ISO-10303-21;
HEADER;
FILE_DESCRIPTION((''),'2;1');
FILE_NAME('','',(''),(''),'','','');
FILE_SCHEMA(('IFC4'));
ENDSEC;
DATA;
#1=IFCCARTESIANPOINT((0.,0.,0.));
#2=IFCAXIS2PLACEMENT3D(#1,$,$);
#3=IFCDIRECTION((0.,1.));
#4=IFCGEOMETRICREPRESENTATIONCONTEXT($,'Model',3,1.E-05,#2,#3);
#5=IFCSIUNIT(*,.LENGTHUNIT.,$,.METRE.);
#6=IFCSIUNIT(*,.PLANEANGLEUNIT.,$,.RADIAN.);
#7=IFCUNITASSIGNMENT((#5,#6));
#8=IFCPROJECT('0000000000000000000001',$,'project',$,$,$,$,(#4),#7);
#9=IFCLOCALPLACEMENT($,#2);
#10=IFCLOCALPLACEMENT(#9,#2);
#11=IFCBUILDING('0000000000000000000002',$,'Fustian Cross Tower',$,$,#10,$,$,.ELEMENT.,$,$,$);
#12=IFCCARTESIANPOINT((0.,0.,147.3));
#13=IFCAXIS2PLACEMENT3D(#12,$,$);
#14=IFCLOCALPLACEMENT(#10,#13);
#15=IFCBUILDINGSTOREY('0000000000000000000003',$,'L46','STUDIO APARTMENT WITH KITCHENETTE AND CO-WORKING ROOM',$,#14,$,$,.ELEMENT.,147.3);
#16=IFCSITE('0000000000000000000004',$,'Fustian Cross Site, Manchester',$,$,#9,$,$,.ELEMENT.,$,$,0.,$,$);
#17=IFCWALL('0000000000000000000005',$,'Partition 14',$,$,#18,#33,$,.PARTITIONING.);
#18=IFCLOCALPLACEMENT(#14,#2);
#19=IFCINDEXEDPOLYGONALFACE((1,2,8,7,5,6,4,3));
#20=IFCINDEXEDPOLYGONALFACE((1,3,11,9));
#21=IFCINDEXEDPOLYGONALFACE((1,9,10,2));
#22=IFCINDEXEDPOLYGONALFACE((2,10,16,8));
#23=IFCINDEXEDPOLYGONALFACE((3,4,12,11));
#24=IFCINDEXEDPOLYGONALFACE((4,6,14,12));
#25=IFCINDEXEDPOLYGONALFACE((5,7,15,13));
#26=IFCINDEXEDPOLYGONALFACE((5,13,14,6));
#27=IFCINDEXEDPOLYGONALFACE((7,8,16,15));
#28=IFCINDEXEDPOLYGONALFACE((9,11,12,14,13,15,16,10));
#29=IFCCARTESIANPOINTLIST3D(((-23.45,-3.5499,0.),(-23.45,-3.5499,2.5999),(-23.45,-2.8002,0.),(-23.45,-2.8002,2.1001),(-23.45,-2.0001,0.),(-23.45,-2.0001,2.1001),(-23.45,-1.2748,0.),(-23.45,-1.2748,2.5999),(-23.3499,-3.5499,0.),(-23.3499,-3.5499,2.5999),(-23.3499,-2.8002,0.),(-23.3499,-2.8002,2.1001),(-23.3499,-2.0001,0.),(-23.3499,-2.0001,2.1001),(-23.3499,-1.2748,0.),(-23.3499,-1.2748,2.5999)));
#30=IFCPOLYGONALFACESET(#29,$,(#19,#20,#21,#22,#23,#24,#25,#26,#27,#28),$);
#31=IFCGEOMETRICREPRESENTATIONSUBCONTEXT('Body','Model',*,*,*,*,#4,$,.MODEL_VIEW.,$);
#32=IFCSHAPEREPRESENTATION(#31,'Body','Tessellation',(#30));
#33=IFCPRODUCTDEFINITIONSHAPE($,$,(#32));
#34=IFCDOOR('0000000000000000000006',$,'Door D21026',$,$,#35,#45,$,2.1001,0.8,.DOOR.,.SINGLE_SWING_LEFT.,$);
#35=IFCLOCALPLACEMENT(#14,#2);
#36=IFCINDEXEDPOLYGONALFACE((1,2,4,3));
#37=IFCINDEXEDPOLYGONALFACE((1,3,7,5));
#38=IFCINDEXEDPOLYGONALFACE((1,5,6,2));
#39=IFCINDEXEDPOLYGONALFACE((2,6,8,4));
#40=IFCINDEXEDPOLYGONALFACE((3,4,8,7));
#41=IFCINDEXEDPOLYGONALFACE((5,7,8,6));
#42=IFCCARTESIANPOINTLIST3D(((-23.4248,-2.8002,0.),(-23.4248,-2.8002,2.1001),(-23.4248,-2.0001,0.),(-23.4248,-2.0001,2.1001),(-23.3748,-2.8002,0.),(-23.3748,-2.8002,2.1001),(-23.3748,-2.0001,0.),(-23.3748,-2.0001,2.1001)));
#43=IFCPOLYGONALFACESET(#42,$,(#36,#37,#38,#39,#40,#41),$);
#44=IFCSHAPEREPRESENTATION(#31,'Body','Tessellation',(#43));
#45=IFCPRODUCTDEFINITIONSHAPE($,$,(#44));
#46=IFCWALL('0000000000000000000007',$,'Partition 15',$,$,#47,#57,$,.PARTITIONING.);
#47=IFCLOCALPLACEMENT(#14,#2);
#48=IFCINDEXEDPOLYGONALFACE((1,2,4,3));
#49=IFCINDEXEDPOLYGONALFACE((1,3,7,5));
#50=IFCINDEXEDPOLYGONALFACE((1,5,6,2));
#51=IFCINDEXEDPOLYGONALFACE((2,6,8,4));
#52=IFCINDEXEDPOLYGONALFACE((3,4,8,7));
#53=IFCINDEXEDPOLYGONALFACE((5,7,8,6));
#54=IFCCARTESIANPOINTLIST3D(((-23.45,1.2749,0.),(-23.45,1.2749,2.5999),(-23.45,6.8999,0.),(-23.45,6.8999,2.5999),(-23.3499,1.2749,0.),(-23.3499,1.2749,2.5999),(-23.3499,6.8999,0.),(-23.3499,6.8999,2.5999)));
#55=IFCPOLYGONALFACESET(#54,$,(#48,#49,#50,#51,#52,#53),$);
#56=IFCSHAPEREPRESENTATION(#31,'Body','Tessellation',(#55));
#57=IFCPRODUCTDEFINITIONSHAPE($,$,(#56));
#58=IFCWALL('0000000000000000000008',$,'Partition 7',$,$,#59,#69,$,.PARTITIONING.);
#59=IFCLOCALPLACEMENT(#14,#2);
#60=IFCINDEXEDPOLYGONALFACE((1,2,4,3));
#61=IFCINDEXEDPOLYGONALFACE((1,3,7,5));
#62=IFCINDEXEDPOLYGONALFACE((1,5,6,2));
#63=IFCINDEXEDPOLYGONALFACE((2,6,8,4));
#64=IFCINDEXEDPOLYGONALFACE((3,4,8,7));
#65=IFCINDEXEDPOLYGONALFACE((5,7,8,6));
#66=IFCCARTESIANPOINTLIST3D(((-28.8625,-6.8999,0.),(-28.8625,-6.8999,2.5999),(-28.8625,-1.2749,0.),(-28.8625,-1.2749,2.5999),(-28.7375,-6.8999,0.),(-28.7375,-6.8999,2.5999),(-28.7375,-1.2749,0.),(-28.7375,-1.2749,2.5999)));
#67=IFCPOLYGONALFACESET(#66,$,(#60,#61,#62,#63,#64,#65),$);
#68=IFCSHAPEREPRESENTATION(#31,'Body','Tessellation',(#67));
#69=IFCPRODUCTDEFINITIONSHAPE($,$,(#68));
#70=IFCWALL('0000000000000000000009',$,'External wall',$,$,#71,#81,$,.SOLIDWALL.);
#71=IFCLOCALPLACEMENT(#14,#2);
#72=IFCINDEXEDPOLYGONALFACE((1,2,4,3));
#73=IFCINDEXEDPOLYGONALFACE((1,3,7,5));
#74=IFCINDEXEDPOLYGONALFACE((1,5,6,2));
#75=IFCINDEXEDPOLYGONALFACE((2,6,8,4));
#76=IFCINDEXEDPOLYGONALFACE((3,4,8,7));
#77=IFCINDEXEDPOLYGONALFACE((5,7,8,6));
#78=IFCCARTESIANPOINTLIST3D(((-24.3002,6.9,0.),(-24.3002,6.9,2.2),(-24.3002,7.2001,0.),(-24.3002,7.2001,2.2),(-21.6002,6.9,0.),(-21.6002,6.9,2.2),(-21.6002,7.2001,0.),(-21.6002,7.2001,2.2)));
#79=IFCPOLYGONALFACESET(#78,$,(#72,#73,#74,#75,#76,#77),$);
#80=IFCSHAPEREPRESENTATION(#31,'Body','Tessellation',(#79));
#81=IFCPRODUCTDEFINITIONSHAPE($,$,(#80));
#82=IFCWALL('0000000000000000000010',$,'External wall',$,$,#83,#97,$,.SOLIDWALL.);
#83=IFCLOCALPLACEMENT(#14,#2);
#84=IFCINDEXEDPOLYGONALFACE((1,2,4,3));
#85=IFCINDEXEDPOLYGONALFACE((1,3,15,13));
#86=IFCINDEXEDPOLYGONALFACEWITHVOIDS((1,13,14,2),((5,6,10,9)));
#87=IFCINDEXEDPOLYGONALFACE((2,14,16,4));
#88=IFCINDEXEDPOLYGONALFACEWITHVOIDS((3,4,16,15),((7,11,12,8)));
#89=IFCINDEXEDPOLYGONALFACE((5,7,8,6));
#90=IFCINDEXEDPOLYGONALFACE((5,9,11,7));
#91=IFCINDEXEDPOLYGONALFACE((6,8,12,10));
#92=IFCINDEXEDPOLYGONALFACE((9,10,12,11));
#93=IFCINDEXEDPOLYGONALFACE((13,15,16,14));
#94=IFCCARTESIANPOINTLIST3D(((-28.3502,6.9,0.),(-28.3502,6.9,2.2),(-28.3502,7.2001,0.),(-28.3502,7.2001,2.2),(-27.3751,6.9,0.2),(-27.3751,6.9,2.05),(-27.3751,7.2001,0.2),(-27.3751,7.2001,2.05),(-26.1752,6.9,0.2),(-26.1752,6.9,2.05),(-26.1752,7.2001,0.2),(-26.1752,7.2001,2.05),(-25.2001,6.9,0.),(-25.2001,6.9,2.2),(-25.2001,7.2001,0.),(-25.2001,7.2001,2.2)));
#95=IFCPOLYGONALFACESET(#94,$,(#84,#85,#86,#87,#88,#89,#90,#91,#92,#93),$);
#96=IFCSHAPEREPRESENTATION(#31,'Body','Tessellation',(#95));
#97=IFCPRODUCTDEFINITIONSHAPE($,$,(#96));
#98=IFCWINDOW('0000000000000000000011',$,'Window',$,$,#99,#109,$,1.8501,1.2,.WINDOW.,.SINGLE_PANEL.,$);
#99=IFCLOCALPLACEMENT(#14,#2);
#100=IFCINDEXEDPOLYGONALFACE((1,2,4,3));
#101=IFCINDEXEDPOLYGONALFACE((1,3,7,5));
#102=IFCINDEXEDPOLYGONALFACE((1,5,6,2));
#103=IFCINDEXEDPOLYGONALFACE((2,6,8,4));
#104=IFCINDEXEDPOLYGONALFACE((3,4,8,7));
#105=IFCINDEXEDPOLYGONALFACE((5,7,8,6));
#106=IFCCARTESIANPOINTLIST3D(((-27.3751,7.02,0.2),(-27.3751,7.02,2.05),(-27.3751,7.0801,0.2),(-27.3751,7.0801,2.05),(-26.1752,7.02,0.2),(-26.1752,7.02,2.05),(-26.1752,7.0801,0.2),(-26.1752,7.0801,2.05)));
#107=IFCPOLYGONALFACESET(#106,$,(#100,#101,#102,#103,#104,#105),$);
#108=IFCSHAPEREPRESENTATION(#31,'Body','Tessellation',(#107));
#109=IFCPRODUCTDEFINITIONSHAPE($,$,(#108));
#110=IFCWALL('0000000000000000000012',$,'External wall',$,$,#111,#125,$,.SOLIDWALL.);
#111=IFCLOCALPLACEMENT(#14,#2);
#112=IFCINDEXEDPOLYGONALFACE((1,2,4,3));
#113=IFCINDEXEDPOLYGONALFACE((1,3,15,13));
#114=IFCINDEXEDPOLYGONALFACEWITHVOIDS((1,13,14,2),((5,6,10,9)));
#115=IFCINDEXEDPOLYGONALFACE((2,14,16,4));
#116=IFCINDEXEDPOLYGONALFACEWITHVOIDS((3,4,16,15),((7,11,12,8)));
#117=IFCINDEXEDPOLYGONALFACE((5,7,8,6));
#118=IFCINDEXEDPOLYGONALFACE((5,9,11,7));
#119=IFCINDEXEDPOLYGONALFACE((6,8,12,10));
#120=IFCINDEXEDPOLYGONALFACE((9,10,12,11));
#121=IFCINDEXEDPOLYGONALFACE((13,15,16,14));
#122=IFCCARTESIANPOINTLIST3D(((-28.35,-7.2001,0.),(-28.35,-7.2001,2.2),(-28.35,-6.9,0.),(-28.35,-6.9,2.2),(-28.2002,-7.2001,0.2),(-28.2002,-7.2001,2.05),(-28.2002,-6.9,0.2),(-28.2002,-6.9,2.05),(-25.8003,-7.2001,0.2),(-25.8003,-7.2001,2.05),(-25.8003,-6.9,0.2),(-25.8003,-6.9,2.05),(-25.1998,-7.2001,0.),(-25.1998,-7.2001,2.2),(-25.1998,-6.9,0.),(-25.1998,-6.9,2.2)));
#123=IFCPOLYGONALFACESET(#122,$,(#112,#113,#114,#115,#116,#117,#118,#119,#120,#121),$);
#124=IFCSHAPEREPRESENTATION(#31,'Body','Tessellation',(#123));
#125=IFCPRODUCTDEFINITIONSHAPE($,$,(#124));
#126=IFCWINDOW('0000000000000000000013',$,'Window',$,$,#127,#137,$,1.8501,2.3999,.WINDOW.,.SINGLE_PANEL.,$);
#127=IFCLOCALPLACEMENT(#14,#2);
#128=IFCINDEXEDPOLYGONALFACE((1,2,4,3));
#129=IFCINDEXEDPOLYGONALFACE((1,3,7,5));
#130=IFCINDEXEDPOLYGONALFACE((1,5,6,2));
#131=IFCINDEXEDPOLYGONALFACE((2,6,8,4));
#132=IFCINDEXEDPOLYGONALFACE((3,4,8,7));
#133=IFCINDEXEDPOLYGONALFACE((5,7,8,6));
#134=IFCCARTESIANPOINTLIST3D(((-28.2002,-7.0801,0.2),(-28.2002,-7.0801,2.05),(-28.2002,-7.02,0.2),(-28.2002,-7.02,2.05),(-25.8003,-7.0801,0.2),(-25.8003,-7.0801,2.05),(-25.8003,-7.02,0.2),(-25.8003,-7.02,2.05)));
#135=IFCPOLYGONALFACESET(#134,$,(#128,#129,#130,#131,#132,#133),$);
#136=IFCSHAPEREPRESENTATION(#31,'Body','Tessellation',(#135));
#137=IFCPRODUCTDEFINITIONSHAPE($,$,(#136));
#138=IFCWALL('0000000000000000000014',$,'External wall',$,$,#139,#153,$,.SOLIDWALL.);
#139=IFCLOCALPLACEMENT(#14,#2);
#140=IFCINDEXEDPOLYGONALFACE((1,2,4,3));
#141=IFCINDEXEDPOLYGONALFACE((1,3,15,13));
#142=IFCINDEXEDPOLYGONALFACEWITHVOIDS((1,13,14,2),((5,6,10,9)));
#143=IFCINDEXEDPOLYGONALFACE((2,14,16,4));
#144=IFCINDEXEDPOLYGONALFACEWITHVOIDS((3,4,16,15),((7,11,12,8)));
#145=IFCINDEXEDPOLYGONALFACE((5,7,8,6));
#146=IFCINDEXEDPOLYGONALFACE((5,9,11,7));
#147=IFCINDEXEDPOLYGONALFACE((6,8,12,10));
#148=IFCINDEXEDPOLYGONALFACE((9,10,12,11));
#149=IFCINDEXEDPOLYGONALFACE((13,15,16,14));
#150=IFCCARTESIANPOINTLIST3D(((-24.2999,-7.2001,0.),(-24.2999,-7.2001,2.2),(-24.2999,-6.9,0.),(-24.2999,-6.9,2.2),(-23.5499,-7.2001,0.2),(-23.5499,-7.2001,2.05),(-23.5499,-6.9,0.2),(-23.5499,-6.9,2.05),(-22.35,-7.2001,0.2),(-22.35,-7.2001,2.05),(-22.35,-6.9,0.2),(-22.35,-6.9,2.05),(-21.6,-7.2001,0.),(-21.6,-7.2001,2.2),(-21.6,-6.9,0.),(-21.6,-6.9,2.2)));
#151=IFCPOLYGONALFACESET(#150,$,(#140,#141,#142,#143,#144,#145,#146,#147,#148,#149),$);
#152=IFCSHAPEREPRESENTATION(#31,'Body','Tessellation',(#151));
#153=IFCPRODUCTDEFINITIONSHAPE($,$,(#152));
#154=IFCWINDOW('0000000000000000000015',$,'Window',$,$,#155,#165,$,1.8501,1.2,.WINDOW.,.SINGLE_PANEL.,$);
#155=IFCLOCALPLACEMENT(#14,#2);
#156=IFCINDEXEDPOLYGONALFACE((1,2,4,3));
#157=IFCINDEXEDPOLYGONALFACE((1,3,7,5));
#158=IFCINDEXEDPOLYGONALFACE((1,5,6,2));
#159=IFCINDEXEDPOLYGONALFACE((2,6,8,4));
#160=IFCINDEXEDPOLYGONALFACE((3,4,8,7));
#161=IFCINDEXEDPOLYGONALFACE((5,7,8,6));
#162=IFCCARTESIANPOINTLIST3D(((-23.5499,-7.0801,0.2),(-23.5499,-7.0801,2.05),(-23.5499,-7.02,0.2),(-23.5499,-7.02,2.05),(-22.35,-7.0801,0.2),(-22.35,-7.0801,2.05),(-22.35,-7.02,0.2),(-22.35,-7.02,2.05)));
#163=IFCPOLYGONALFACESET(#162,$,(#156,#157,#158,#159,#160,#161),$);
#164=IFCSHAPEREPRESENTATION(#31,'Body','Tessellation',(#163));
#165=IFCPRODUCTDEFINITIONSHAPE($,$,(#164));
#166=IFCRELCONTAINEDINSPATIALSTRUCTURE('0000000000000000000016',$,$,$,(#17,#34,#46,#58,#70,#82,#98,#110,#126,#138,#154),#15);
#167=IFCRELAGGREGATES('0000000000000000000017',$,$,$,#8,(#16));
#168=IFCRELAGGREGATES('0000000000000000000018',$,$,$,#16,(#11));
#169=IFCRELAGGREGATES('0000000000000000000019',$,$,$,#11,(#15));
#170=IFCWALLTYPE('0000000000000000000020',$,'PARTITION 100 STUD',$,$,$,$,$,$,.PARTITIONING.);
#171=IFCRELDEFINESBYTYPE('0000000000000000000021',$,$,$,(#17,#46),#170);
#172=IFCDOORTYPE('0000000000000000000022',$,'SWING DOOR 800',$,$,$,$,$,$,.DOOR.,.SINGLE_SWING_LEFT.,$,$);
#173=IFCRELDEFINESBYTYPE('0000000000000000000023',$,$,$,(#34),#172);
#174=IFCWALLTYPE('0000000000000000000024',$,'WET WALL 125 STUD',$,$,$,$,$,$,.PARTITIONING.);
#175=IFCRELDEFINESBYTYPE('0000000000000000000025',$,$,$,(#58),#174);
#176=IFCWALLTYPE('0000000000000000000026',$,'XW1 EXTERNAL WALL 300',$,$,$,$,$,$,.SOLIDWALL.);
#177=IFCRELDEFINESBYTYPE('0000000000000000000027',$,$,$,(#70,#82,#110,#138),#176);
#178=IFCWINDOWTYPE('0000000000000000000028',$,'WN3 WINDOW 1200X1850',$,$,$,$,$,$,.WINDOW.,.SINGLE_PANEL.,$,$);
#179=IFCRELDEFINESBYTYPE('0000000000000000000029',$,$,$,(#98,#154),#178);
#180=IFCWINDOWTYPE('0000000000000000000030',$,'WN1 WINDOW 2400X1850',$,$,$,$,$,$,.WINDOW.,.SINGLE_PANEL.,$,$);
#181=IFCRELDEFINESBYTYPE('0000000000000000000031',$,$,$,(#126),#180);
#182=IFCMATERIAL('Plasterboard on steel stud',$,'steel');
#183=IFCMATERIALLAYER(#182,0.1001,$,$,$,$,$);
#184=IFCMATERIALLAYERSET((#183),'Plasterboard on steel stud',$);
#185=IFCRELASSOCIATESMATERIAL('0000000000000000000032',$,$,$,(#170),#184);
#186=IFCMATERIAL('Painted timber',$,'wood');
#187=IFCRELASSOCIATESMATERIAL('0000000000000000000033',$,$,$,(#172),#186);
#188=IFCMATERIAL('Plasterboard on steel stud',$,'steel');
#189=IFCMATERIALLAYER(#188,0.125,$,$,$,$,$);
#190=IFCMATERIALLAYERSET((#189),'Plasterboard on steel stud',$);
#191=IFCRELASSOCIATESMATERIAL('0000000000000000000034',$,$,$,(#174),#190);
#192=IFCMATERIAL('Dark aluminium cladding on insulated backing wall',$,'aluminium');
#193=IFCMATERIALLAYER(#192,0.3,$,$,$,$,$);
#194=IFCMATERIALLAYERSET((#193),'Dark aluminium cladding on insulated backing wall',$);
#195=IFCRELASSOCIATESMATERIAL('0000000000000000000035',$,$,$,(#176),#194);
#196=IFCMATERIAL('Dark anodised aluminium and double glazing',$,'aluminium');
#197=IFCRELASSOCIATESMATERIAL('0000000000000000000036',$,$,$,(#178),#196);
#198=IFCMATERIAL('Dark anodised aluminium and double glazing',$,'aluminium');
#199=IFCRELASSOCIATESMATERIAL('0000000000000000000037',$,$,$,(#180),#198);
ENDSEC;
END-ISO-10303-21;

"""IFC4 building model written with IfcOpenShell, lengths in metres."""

from ifc_helpers import new_model, si_unit, direction, frame, frame_2d, origin, place, context, subcontext, project, spatial, rectangle, extrude, material, layer, layer_set, type_object, element, fill, save


model = new_model("IFC4")

# Units and contexts
model_context = context("Model", 3, precision=1e-05, world=origin(), true_north=direction((0.0, 1.0)))
body_context = subcontext(model_context, "Body", "Model", "MODEL_VIEW")
ifc_project = project(units=[si_unit("LENGTHUNIT", "METRE"), si_unit("PLANEANGLEUNIT", "RADIAN")], contexts=[model_context])

# Site, building, storey
site_placement = place(None, origin())
site = spatial("IfcSite", under=ifc_project, at=site_placement, Name="Fustian Cross Site, Manchester", CompositionType="ELEMENT", RefElevation=0.0)
building_placement = place(site_placement, origin())
building = spatial("IfcBuilding", under=site, at=building_placement, Name="Fustian Cross Tower", CompositionType="ELEMENT")
storey_placement = place(building_placement, frame((0.0, 0.0, 147.3)))
storey = spatial("IfcBuildingStorey", under=building, at=storey_placement, Name="L46", Description="STUDIO APARTMENT WITH KITCHENETTE AND CO-WORKING ROOM", CompositionType="ELEMENT", Elevation=147.3)

# Shared definitions
ifc_material_1 = material(Name="Plasterboard on steel stud", Category="steel")
ifc_layer_1 = layer(ifc_material_1, 0.1001)
ifc_layer_set_1 = layer_set([ifc_layer_1], Name="Plasterboard on steel stud")
wall_type_1 = type_object("IfcWallType", Name="PARTITION 100 STUD", PredefinedType="PARTITIONING", material=ifc_layer_set_1)

# Shared definitions
ifc_material_2 = material(Name="Painted timber", Category="wood")
door_type = type_object("IfcDoorType", Name="SWING DOOR 800", OperationType="SINGLE_SWING_LEFT", PredefinedType="DOOR", material=ifc_material_2)

# Wall, opening, door
wall_1_placement = place(storey_placement, frame((-23.3999, -3.55, 0.0), z_axis=(0.0, 0.0, 1.0), x_axis=(0.0, 1.0, 0.0)))
wall_1 = element("IfcWall", 1, at=wall_1_placement, inside=storey, type_object=wall_type_1, Name="Partition 14", PredefinedType="PARTITIONING", context=body_context, shape_type="SweptSolid", body=[
    extrude(rectangle(XDim=2.2751, YDim=0.1001, at=frame_2d((1.1377, 0.0))), origin(), (0.0, 0.0, 1.0), 2.5999),
])
opening_1_placement = place(wall_1_placement, frame((0.75, 0.0, 0.0)))
opening_1 = element("IfcOpeningElement", 2, at=opening_1_placement, cuts=wall_1, PredefinedType="OPENING", context=body_context, shape_type="SweptSolid", body=[
    extrude(rectangle(XDim=0.8, YDim=2.1001, at=frame_2d((0.3999, 1.05))), frame((0.0, 0.0601, 0.0), z_axis=(0.0, -1.0, 0.0), x_axis=(1.0, 0.0, 0.0)), (0.0, 0.0, 1.0), 0.1201),
])
door_1_placement = place(opening_1_placement, origin())
door_1 = element("IfcDoor", 3, at=door_1_placement, inside=storey, type_object=door_type, Name="Door D21026", OperationType="SINGLE_SWING_LEFT", OverallHeight=2.1001, OverallWidth=0.8, PredefinedType="DOOR", context=body_context, shape_type="SweptSolid", body=[
    extrude(rectangle(XDim=0.8, YDim=2.1001, at=frame_2d((0.3999, 1.05))), frame((0.0, 0.0249, 0.0), z_axis=(0.0, -1.0, 0.0), x_axis=(1.0, 0.0, 0.0)), (0.0, 0.0, 1.0), 0.05),
])
fill(opening_1, door_1)

# Walls
wall_2_placement = place(storey_placement, frame((-23.3999, 1.2749, 0.0), z_axis=(0.0, 0.0, 1.0), x_axis=(0.0, 1.0, 0.0)))
element("IfcWall", 4, at=wall_2_placement, inside=storey, type_object=wall_type_1, Name="Partition 15", PredefinedType="PARTITIONING", context=body_context, shape_type="SweptSolid", body=[
    extrude(rectangle(XDim=5.625, YDim=0.1001, at=frame_2d((2.8125, 0.0))), origin(), (0.0, 0.0, 1.0), 2.5999),
])
ifc_material_3 = material(Name="Plasterboard on steel stud", Category="steel")
ifc_layer_2 = layer(ifc_material_3, 0.125)
ifc_layer_set_2 = layer_set([ifc_layer_2], Name="Plasterboard on steel stud")
wall_type_2 = type_object("IfcWallType", Name="WET WALL 125 STUD", PredefinedType="PARTITIONING", material=ifc_layer_set_2)
wall_3_placement = place(storey_placement, frame((-28.8, -6.8999, 0.0), z_axis=(0.0, 0.0, 1.0), x_axis=(0.0, 1.0, 0.0)))
element("IfcWall", 5, at=wall_3_placement, inside=storey, type_object=wall_type_2, Name="Partition 7", PredefinedType="PARTITIONING", context=body_context, shape_type="SweptSolid", body=[
    extrude(rectangle(XDim=5.625, YDim=0.125, at=frame_2d((2.8125, 0.0))), origin(), (0.0, 0.0, 1.0), 2.5999),
])
ifc_material_4 = material(Name="Dark aluminium cladding on insulated backing wall", Category="aluminium")
ifc_layer_3 = layer(ifc_material_4, 0.3)
ifc_layer_set_3 = layer_set([ifc_layer_3], Name="Dark aluminium cladding on insulated backing wall")
wall_type_3 = type_object("IfcWallType", Name="XW1 EXTERNAL WALL 300", PredefinedType="SOLIDWALL", material=ifc_layer_set_3)
wall_4_placement = place(storey_placement, frame((-21.6001, 7.05, 0.0), z_axis=(0.0, 0.0, 1.0), x_axis=(-1.0, 0.0, 0.0)))
element("IfcWall", 6, at=wall_4_placement, inside=storey, type_object=wall_type_3, Name="External wall", PredefinedType="SOLIDWALL", context=body_context, shape_type="SweptSolid", body=[
    extrude(rectangle(XDim=2.7, YDim=0.3, at=frame_2d((1.3501, 0.0))), origin(), (0.0, 0.0, 1.0), 2.2),
])

# Walls, openings, windows
wall_5_placement = place(storey_placement, frame((-25.2, 7.05, 0.0), z_axis=(0.0, 0.0, 1.0), x_axis=(-1.0, 0.0, 0.0)))
wall_5 = element("IfcWall", 7, at=wall_5_placement, inside=storey, type_object=wall_type_3, Name="External wall", PredefinedType="SOLIDWALL", context=body_context, shape_type="SweptSolid", body=[
    extrude(rectangle(XDim=3.1501, YDim=0.3, at=frame_2d((1.5752, 0.0))), origin(), (0.0, 0.0, 1.0), 2.2),
])
opening_2_placement = place(wall_5_placement, frame((0.9751, 0.0, 0.2)))
opening_2 = element("IfcOpeningElement", 8, at=opening_2_placement, cuts=wall_5, PredefinedType="OPENING", context=body_context, shape_type="SweptSolid", body=[
    extrude(rectangle(XDim=1.2, YDim=1.8501, at=frame_2d((0.6001, 0.925))), frame((0.0, 0.1599, 0.0), z_axis=(0.0, -1.0, 0.0), x_axis=(1.0, 0.0, 0.0)), (0.0, 0.0, 1.0), 0.3201),
])
ifc_material_5 = material(Name="Dark anodised aluminium and double glazing", Category="aluminium")
window_type_1 = type_object("IfcWindowType", Name="WN3 WINDOW 1200X1850", PartitioningType="SINGLE_PANEL", PredefinedType="WINDOW", material=ifc_material_5)
window_1_placement = place(opening_2_placement, origin())
window_1 = element("IfcWindow", 9, at=window_1_placement, inside=storey, type_object=window_type_1, Name="Window", OverallHeight=1.8501, OverallWidth=1.2, PartitioningType="SINGLE_PANEL", PredefinedType="WINDOW", context=body_context, shape_type="SweptSolid", body=[
    extrude(rectangle(XDim=1.2, YDim=1.8501, at=frame_2d((0.6001, 0.925))), frame((0.0, 0.03, 0.0), z_axis=(0.0, -1.0, 0.0), x_axis=(1.0, 0.0, 0.0)), (0.0, 0.0, 1.0), 0.0601),
])
fill(opening_2, window_1)
wall_6_placement = place(storey_placement, frame((-28.3501, -7.05, 0.0), z_axis=(0.0, 0.0, 1.0), x_axis=(1.0, 0.0, 0.0)))
wall_6 = element("IfcWall", 10, at=wall_6_placement, inside=storey, type_object=wall_type_3, Name="External wall", PredefinedType="SOLIDWALL", context=body_context, shape_type="SweptSolid", body=[
    extrude(rectangle(XDim=3.1501, YDim=0.3, at=frame_2d((1.5752, 0.0))), origin(), (0.0, 0.0, 1.0), 2.2),
])
opening_3_placement = place(wall_6_placement, frame((0.1499, 0.0, 0.2)))
opening_3 = element("IfcOpeningElement", 11, at=opening_3_placement, cuts=wall_6, PredefinedType="OPENING", context=body_context, shape_type="SweptSolid", body=[
    extrude(rectangle(XDim=2.3999, YDim=1.8501, at=frame_2d((1.2, 0.925))), frame((0.0, 0.1599, 0.0), z_axis=(0.0, -1.0, 0.0), x_axis=(1.0, 0.0, 0.0)), (0.0, 0.0, 1.0), 0.3201),
])
ifc_material_6 = material(Name="Dark anodised aluminium and double glazing", Category="aluminium")
window_type_2 = type_object("IfcWindowType", Name="WN1 WINDOW 2400X1850", PartitioningType="SINGLE_PANEL", PredefinedType="WINDOW", material=ifc_material_6)
window_2_placement = place(opening_3_placement, origin())
window_2 = element("IfcWindow", 12, at=window_2_placement, inside=storey, type_object=window_type_2, Name="Window", OverallHeight=1.8501, OverallWidth=2.3999, PartitioningType="SINGLE_PANEL", PredefinedType="WINDOW", context=body_context, shape_type="SweptSolid", body=[
    extrude(rectangle(XDim=2.3999, YDim=1.8501, at=frame_2d((1.2, 0.925))), frame((0.0, 0.03, 0.0), z_axis=(0.0, -1.0, 0.0), x_axis=(1.0, 0.0, 0.0)), (0.0, 0.0, 1.0), 0.0601),
])
fill(opening_3, window_2)
wall_7_placement = place(storey_placement, frame((-24.3, -7.05, 0.0), z_axis=(0.0, 0.0, 1.0), x_axis=(1.0, 0.0, 0.0)))
wall_7 = element("IfcWall", 13, at=wall_7_placement, inside=storey, type_object=wall_type_3, Name="External wall", PredefinedType="SOLIDWALL", context=body_context, shape_type="SweptSolid", body=[
    extrude(rectangle(XDim=2.7, YDim=0.3, at=frame_2d((1.3501, 0.0))), origin(), (0.0, 0.0, 1.0), 2.2),
])
opening_4_placement = place(wall_7_placement, frame((0.75, 0.0, 0.2)))
opening_4 = element("IfcOpeningElement", 14, at=opening_4_placement, cuts=wall_7, PredefinedType="OPENING", context=body_context, shape_type="SweptSolid", body=[
    extrude(rectangle(XDim=1.2, YDim=1.8501, at=frame_2d((0.6001, 0.925))), frame((0.0, 0.1599, 0.0), z_axis=(0.0, -1.0, 0.0), x_axis=(1.0, 0.0, 0.0)), (0.0, 0.0, 1.0), 0.3201),
])
window_3_placement = place(opening_4_placement, origin())
window_3 = element("IfcWindow", 15, at=window_3_placement, inside=storey, type_object=window_type_1, Name="Window", OverallHeight=1.8501, OverallWidth=1.2, PartitioningType="SINGLE_PANEL", PredefinedType="WINDOW", context=body_context, shape_type="SweptSolid", body=[
    extrude(rectangle(XDim=1.2, YDim=1.8501, at=frame_2d((0.6001, 0.925))), frame((0.0, 0.03, 0.0), z_axis=(0.0, -1.0, 0.0), x_axis=(1.0, 0.0, 0.0)), (0.0, 0.0, 1.0), 0.0601),
])
fill(opening_4, window_3)

save(model, "model.ifc")
